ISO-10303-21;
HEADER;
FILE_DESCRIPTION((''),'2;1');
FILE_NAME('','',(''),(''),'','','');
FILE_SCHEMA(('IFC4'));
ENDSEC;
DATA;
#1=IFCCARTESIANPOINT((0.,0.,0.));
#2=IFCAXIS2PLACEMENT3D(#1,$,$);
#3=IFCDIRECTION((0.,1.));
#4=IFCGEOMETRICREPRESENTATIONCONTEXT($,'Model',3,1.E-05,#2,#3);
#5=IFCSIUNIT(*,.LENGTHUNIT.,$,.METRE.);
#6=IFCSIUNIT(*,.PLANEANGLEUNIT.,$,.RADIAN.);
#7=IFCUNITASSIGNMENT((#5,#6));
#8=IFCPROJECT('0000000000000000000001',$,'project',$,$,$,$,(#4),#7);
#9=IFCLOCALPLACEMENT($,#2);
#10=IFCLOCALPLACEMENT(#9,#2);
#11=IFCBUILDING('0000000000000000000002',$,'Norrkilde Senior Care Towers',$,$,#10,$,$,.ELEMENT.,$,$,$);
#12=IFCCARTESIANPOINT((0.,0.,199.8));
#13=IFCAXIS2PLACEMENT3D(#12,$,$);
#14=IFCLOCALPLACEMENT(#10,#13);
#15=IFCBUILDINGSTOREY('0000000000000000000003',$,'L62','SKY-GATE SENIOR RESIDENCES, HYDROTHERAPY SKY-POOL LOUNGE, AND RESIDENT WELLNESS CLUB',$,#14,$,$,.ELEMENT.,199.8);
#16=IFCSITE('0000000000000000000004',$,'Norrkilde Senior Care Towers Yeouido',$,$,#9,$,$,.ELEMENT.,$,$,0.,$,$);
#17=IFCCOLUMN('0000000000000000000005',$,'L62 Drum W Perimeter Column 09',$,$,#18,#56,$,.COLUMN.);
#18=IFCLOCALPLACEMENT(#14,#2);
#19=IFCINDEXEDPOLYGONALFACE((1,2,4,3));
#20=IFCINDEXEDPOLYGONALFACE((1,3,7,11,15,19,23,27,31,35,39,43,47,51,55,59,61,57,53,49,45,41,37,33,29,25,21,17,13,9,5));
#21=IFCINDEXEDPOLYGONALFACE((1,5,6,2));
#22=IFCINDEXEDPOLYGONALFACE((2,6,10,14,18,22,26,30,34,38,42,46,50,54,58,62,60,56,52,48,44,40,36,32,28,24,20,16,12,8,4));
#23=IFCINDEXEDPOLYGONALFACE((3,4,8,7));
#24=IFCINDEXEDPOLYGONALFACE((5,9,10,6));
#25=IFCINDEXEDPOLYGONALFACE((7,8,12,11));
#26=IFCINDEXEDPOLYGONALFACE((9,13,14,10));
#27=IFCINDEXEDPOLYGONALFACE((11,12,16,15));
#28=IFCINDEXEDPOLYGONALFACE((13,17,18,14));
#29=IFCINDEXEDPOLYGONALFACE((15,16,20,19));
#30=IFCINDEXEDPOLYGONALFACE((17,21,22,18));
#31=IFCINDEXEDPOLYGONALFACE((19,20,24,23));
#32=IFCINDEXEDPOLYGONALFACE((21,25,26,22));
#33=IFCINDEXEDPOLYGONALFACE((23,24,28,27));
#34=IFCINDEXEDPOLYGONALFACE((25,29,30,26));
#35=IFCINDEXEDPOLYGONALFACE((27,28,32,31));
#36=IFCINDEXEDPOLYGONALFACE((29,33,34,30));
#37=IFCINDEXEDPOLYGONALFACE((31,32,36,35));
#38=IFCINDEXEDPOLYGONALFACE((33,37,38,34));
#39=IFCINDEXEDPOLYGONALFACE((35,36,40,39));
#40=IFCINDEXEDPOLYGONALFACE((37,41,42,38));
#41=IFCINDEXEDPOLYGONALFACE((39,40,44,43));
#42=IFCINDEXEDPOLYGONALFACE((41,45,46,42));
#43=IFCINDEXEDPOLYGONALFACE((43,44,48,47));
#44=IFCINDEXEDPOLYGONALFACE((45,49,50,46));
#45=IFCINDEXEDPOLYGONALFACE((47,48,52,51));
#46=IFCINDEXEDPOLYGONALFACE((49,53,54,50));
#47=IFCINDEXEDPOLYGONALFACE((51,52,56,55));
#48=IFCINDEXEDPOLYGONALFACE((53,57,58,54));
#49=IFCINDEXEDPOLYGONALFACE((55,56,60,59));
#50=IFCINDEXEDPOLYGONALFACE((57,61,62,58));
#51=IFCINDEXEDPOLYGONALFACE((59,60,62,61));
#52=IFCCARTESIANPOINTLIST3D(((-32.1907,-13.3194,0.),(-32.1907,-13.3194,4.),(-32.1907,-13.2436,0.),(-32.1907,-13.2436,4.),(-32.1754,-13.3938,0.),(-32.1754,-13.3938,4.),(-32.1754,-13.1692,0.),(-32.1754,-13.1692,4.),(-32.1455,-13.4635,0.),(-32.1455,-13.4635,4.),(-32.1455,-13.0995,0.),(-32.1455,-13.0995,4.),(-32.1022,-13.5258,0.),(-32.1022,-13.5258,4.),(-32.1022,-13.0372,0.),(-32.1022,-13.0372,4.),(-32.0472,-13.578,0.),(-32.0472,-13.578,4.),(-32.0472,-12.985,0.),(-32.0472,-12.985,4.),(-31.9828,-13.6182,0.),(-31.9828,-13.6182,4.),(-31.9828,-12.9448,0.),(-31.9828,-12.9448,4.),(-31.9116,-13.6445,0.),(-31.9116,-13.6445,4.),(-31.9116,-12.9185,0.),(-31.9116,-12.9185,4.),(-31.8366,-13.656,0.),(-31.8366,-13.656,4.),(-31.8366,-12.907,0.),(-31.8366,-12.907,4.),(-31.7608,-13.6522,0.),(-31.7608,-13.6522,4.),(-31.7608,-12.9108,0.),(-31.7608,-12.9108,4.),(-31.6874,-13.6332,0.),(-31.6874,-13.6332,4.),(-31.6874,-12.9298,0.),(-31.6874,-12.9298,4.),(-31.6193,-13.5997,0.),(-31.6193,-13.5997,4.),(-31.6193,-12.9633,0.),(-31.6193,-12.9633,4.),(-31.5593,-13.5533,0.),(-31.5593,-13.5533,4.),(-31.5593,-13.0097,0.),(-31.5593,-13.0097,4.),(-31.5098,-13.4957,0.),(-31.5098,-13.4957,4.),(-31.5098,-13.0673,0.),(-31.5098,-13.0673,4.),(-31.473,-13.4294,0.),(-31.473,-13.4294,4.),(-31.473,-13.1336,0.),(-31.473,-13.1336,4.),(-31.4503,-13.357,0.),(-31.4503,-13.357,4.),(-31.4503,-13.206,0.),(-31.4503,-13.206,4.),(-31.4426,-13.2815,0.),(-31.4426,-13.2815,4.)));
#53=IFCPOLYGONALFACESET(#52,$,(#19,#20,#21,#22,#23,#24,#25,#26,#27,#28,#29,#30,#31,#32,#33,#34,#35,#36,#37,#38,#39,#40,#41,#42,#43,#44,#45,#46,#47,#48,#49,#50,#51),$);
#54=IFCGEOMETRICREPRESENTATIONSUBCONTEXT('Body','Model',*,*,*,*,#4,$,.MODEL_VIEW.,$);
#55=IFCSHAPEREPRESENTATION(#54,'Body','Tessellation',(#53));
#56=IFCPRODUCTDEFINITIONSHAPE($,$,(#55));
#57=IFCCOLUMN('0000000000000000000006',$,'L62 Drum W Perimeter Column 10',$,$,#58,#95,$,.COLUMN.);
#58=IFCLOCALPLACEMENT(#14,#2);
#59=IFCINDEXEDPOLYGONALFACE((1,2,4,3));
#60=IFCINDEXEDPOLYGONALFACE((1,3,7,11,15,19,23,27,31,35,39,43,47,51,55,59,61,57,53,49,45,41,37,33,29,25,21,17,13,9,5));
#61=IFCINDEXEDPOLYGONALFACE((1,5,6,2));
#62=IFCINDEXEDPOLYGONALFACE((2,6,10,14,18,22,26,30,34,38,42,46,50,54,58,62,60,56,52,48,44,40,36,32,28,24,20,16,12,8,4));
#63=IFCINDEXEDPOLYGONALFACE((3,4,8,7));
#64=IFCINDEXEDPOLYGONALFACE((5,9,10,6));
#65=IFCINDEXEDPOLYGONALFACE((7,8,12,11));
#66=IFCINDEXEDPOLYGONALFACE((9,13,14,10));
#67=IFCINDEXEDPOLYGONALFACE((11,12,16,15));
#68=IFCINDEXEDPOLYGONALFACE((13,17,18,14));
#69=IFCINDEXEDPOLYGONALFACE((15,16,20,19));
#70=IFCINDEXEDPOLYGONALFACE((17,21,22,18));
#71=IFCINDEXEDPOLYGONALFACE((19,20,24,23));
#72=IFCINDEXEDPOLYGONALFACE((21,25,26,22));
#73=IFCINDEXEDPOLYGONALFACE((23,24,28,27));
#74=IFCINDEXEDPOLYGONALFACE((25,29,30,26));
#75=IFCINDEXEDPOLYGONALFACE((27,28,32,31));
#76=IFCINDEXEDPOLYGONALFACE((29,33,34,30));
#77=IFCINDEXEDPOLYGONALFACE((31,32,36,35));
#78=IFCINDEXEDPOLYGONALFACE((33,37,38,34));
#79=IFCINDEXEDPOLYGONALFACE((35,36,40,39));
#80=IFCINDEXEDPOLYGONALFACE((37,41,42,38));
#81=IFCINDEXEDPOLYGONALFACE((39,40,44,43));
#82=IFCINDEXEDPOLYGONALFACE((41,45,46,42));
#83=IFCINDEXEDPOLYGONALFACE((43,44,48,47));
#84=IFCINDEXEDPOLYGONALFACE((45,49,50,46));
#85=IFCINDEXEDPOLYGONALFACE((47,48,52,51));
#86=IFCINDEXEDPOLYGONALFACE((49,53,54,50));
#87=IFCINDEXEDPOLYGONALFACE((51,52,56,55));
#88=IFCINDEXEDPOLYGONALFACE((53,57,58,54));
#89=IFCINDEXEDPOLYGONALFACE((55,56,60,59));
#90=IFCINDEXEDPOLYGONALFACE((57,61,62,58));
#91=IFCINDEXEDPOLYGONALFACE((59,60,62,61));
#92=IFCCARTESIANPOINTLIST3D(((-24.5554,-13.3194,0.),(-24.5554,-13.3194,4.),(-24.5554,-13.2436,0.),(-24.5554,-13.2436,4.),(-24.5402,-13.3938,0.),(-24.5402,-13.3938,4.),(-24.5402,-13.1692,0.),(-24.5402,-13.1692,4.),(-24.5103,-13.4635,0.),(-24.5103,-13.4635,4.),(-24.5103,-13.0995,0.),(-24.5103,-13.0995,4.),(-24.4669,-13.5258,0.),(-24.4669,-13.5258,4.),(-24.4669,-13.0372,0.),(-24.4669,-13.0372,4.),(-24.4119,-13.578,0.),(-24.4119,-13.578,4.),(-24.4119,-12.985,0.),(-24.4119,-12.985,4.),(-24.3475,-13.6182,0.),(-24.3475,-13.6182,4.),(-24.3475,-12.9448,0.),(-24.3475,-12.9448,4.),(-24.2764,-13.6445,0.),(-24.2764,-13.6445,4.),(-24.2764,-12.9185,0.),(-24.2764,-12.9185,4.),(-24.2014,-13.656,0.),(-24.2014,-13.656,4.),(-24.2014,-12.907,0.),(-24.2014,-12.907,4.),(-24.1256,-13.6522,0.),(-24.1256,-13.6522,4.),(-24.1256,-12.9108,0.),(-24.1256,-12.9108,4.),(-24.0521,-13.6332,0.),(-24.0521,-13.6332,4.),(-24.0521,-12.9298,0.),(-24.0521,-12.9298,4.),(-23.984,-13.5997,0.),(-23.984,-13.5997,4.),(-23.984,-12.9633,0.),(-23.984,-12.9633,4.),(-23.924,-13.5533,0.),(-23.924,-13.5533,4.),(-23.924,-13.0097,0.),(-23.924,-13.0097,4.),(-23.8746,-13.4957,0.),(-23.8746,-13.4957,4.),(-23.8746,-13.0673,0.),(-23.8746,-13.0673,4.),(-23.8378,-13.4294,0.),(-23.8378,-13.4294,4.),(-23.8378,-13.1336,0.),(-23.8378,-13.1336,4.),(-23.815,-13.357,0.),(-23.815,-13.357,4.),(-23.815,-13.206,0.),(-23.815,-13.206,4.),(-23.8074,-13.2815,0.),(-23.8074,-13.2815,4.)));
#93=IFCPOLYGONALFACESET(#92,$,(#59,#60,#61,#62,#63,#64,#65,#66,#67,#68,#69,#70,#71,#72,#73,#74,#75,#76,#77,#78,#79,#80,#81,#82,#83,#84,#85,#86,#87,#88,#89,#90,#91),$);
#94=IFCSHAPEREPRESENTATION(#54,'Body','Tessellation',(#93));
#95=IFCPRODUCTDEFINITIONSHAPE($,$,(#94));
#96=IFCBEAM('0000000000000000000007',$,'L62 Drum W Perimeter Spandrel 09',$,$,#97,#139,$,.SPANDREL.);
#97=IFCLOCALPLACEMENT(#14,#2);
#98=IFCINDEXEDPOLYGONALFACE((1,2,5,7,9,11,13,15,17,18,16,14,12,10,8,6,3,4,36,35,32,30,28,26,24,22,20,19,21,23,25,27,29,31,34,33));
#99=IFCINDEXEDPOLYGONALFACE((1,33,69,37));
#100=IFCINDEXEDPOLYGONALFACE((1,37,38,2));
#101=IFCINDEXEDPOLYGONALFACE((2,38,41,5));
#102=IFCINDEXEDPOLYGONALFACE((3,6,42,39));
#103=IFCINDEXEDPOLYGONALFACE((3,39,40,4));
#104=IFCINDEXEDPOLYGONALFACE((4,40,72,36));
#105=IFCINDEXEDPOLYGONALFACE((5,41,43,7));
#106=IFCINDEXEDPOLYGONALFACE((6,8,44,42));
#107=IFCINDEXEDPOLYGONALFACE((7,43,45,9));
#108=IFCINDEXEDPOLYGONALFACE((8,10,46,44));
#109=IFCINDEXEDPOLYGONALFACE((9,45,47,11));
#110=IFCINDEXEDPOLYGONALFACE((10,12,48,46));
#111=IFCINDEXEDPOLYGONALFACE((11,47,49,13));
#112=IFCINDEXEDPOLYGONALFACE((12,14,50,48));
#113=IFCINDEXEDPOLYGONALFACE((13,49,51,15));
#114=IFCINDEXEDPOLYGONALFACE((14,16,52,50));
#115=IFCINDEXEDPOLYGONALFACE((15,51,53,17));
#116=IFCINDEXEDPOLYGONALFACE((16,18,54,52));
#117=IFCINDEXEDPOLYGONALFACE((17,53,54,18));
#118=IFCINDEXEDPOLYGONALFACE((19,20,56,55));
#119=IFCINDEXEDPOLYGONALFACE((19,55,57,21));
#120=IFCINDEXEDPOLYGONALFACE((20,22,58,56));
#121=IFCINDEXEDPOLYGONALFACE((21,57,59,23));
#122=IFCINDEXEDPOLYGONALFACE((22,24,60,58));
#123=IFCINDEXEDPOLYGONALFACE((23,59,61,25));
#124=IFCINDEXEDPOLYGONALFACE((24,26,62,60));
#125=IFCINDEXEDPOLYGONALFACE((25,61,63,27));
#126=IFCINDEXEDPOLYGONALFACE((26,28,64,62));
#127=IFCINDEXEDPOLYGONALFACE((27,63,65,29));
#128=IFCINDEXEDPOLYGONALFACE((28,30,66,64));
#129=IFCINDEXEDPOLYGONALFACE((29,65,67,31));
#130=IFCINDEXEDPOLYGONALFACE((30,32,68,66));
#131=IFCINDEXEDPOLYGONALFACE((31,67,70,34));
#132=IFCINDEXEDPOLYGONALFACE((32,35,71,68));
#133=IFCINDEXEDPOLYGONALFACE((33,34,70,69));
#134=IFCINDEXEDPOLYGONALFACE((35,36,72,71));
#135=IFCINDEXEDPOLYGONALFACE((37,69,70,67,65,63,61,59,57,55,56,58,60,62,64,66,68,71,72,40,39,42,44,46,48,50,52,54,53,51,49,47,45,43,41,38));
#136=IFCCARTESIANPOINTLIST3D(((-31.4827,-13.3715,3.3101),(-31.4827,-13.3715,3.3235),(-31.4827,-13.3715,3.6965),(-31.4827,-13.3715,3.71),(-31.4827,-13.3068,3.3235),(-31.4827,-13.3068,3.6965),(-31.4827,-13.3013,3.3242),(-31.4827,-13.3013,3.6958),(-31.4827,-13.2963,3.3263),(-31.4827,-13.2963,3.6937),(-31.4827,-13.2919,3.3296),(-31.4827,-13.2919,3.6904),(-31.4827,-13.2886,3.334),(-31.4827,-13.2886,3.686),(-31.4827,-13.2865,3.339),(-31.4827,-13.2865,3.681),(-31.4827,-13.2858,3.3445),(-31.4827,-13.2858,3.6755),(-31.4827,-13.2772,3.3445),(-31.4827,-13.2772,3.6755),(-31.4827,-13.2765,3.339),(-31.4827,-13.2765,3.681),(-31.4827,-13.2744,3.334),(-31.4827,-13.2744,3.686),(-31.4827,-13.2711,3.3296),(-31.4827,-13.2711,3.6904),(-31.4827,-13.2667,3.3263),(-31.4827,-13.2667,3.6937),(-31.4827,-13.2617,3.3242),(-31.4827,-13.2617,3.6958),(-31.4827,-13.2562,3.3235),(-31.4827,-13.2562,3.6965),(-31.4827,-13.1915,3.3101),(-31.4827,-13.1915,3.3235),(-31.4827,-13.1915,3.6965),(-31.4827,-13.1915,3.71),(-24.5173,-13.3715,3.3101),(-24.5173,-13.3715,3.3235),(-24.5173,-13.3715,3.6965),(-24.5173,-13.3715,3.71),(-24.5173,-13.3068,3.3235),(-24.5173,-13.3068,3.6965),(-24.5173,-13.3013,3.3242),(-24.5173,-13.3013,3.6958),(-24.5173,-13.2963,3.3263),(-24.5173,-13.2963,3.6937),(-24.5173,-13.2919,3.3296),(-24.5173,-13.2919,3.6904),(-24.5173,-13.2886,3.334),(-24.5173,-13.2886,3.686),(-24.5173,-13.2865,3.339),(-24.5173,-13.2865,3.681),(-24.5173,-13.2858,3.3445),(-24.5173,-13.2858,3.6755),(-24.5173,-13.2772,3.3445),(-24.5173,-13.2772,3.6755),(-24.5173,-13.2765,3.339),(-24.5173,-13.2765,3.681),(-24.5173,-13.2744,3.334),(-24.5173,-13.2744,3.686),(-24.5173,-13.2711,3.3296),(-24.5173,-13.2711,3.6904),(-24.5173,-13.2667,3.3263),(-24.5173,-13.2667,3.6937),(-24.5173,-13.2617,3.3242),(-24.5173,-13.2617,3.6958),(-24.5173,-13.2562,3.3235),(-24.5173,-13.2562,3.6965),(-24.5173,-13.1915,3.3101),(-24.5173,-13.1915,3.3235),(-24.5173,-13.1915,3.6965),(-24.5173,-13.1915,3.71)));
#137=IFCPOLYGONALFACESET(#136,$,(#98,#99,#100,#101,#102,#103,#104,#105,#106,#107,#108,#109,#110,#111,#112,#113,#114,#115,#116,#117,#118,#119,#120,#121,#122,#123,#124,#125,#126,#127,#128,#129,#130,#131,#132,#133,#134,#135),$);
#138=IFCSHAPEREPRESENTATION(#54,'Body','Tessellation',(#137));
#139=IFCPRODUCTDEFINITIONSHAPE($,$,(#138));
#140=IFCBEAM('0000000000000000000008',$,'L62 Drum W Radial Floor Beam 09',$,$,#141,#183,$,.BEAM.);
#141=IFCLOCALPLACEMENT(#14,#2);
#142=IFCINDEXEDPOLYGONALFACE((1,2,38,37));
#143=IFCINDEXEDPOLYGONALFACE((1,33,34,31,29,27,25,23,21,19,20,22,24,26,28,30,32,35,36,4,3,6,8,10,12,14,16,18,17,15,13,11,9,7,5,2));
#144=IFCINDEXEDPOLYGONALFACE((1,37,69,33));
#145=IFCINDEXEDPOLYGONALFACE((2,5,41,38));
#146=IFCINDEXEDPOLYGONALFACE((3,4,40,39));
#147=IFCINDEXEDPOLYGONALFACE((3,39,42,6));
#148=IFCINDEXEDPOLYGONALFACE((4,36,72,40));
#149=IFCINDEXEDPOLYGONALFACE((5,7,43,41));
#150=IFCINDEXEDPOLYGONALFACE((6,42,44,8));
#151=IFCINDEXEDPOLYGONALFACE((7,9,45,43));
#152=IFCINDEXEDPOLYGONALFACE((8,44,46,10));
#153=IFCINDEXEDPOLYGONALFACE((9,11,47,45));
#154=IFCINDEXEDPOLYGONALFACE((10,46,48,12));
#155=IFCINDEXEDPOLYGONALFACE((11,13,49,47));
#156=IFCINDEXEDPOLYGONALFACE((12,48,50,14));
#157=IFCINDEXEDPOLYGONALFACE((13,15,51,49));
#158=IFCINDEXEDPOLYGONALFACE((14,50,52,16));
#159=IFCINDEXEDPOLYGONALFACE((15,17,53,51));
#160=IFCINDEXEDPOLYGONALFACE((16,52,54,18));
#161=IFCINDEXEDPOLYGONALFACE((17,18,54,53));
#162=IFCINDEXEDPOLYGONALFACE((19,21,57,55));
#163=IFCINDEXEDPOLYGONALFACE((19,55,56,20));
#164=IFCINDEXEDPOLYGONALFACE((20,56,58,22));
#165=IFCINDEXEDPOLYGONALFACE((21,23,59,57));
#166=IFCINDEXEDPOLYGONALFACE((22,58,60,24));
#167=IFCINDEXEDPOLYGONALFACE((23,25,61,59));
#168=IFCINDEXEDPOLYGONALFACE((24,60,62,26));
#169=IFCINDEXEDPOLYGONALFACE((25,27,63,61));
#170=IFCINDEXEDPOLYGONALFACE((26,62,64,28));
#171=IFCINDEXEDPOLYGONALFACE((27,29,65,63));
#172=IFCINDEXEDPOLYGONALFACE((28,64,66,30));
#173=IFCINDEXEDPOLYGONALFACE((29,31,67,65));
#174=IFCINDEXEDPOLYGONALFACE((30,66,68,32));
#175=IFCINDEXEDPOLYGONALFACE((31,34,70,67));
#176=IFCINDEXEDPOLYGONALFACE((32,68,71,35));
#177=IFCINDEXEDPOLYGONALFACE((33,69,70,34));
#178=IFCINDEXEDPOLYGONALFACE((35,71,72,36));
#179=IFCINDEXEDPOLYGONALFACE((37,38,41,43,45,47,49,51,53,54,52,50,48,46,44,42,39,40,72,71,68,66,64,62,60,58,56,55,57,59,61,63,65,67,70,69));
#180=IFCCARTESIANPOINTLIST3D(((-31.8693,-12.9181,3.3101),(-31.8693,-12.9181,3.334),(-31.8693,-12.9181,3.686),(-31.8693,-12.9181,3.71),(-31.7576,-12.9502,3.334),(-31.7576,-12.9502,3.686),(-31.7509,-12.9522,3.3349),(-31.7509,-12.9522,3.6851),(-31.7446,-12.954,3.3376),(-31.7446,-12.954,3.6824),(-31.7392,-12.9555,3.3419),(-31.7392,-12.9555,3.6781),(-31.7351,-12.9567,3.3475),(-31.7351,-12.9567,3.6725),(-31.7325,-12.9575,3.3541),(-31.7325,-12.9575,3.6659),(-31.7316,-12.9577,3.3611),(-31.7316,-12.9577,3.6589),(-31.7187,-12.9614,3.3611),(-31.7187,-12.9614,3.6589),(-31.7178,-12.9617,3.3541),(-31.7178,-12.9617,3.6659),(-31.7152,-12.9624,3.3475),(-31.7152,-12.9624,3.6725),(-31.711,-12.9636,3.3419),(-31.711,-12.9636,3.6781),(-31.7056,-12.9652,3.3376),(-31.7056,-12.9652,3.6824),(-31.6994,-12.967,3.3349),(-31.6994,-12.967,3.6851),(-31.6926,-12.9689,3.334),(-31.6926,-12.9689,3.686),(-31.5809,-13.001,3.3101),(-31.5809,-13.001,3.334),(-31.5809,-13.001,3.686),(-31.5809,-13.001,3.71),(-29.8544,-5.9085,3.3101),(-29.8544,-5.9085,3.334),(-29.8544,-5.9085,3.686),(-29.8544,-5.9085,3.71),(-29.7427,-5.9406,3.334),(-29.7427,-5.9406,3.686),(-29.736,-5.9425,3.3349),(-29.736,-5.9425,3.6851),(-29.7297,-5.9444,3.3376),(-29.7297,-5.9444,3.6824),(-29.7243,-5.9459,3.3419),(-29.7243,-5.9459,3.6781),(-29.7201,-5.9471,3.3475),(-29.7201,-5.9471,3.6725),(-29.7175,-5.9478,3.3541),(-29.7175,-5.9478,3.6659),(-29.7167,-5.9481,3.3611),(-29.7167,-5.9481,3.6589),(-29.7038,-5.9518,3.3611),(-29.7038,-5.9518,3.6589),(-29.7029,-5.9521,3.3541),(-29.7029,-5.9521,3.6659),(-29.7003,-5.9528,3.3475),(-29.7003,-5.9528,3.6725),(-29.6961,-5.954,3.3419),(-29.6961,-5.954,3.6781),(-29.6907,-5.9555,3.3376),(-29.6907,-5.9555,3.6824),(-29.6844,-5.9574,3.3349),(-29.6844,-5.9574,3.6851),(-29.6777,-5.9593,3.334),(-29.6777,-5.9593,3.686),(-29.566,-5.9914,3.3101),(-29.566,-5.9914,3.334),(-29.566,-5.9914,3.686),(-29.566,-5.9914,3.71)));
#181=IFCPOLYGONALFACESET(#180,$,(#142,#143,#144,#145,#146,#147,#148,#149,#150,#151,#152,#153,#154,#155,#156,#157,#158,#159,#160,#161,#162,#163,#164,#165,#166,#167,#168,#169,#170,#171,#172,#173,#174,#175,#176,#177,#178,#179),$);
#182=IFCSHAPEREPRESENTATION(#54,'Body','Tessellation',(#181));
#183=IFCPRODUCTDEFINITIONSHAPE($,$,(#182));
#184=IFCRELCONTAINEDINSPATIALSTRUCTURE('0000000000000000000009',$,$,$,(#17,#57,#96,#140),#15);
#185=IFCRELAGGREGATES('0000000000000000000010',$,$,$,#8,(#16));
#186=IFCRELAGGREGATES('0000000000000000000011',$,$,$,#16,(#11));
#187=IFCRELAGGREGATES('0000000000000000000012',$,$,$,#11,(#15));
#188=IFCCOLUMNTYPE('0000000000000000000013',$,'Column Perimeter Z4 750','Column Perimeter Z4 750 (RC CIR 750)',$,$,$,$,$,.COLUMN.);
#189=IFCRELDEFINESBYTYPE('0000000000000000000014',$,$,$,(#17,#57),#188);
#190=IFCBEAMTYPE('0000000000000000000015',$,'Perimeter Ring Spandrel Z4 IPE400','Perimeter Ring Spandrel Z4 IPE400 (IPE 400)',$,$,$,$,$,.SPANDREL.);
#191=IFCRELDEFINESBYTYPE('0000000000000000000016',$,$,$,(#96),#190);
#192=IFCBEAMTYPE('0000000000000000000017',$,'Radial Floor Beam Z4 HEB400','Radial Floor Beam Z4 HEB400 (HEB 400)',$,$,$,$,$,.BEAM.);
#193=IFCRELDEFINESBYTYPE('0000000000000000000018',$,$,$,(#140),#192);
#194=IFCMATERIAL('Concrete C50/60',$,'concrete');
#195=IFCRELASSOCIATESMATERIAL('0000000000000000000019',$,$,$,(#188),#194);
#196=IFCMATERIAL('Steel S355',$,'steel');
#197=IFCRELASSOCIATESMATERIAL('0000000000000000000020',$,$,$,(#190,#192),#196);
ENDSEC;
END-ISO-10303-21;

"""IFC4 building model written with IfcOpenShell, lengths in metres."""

from ifc_helpers import new_model, si_unit, direction, frame, origin, origin_2d, place, context, subcontext, project, spatial, circle, i_section, extrude, source, transform, mapped, material, material_profile, profile_set, type_object, type_shapes, element, save


model = new_model("IFC4")

# Units and contexts
model_context = context("Model", 3, precision=1e-05, world=origin(), true_north=direction((0.0, 1.0)))
body_context = subcontext(model_context, "Body", "Model", "MODEL_VIEW")
ifc_project = project(units=[si_unit("LENGTHUNIT", "METRE"), si_unit("PLANEANGLEUNIT", "RADIAN")], contexts=[model_context])

# Site, building, storey
site_placement = place(None, origin())
site = spatial("IfcSite", under=ifc_project, at=site_placement, Name="Norrkilde Senior Care Towers Yeouido", CompositionType="ELEMENT", RefElevation=0.0)
building_placement = place(site_placement, origin())
building = spatial("IfcBuilding", under=site, at=building_placement, Name="Norrkilde Senior Care Towers", CompositionType="ELEMENT")
storey_placement = place(building_placement, frame((0.0, 0.0, 199.8)))
storey = spatial("IfcBuildingStorey", under=building, at=storey_placement, Name="L62", Description="SKY-GATE SENIOR RESIDENCES, HYDROTHERAPY SKY-POOL LOUNGE, AND RESIDENT WELLNESS CLUB", CompositionType="ELEMENT", Elevation=199.8)

# Columns
ifc_material_1 = material(Name="Concrete C50/60", Category="concrete")
ifc_material_profile_1 = material_profile(ifc_material_1, circle(Radius=0.375, at=origin_2d()), Name="RC CIR 750")
ifc_profile_set_1 = profile_set([ifc_material_profile_1], Name="Concrete C50/60")
column_type = type_object("IfcColumnType", Name="Column Perimeter Z4 750", Description="Column Perimeter Z4 750 (RC CIR 750)", PredefinedType="COLUMN", material=ifc_profile_set_1)
shared_shape_1 = source(origin(), body_context, "Body", "SweptSolid", [
    extrude(circle(Radius=0.375, at=origin_2d()), origin(), (0.0, 0.0, 1.0), 4.0),
])
type_shapes(column_type, [shared_shape_1])
for number, where, z_axis, x_axis, name in (
    (1, (-31.8176, -13.2815, 0.0), (0.0, 0.0, 1.0), (1.0, 0.0, 0.0), "L62 Drum W Perimeter Column 09"),
    (2, (-24.1824, -13.2815, 0.0), (0.0, 0.0, 1.0), (1.0, 0.0, 0.0), "L62 Drum W Perimeter Column 10"),
):
    element("IfcColumn", number, at=place(storey_placement, frame(where, z_axis=z_axis, x_axis=x_axis)), inside=storey, type_object=column_type, Name=name, PredefinedType="COLUMN", context=body_context, shape_type="MappedRepresentation", body=[
        mapped(shared_shape_1, transform((0.0, 0.0, 0.0), x_axis=(1.0, 0.0, 0.0), y_axis=(0.0, 1.0, 0.0), z_axis=(0.0, 0.0, 1.0), scale=1.0)),
    ])

# Beams
ifc_material_2 = material(Name="Steel S355", Category="steel")
ifc_material_profile_2 = material_profile(ifc_material_2, i_section(OverallWidth=0.1799, OverallDepth=0.3999, WebThickness=0.0085, FlangeThickness=0.0134, FilletRadius=0.021, at=origin_2d()), Name="IPE 400")
ifc_profile_set_2 = profile_set([ifc_material_profile_2], Name="Steel S355")
beam_type_1 = type_object("IfcBeamType", Name="Perimeter Ring Spandrel Z4 IPE400", Description="Perimeter Ring Spandrel Z4 IPE400 (IPE 400)", PredefinedType="SPANDREL", material=ifc_profile_set_2)
shared_shape_2 = source(origin(), body_context, "Body", "SweptSolid", [
    extrude(i_section(OverallWidth=0.1799, OverallDepth=0.3999, WebThickness=0.0085, FlangeThickness=0.0134, FilletRadius=0.021, at=origin_2d()), origin(), (0.0, 0.0, 1.0), 6.9653),
])
type_shapes(beam_type_1, [shared_shape_2])
beam_placement = place(storey_placement, frame((-31.4827, -13.2815, 3.51), z_axis=(1.0, 0.0, 0.0), x_axis=(0.0, 1.0, 0.0)))
element("IfcBeam", 3, at=beam_placement, inside=storey, type_object=beam_type_1, Name="L62 Drum W Perimeter Spandrel 09", PredefinedType="SPANDREL", context=body_context, shape_type="MappedRepresentation", body=[
    mapped(shared_shape_2, transform((0.0, 0.0, 0.0), x_axis=(1.0, 0.0, 0.0), y_axis=(0.0, 1.0, 0.0), z_axis=(0.0, 0.0, 1.0), scale=1.0)),
])
ifc_material_profile_3 = material_profile(ifc_material_2, i_section(OverallWidth=0.3, OverallDepth=0.3999, WebThickness=0.0134, FlangeThickness=0.0239, FilletRadius=0.0271, at=origin_2d()), Name="HEB 400")
ifc_profile_set_3 = profile_set([ifc_material_profile_3], Name="Steel S355")
beam_type_2 = type_object("IfcBeamType", Name="Radial Floor Beam Z4 HEB400", Description="Radial Floor Beam Z4 HEB400 (HEB 400)", PredefinedType="BEAM", material=ifc_profile_set_3)
shared_shape_3 = source(origin(), body_context, "Body", "SweptSolid", [
    extrude(i_section(OverallWidth=0.3, OverallDepth=0.3999, WebThickness=0.0134, FlangeThickness=0.0239, FilletRadius=0.0271, at=origin_2d()), origin(), (0.0, 0.0, 1.0), 7.2935),
])
type_shapes(beam_type_2, [shared_shape_3])
for number, where, z_axis, x_axis, name in (
    (4, (-29.7102, -5.95, 3.51), (-0.276264, -0.961082, 0.0), (0.961082, -0.276264, 0.0), "L62 Drum W Radial Floor Beam 09"),
):
    element("IfcBeam", number, at=place(storey_placement, frame(where, z_axis=z_axis, x_axis=x_axis)), inside=storey, type_object=beam_type_2, Name=name, PredefinedType="BEAM", context=body_context, shape_type="MappedRepresentation", body=[
        mapped(shared_shape_3, transform((0.0, 0.0, 0.0), x_axis=(1.0, 0.0, 0.0), y_axis=(0.0, 1.0, 0.0), z_axis=(0.0, 0.0, 1.0), scale=1.0)),
    ])

save(model, "model.ifc")
